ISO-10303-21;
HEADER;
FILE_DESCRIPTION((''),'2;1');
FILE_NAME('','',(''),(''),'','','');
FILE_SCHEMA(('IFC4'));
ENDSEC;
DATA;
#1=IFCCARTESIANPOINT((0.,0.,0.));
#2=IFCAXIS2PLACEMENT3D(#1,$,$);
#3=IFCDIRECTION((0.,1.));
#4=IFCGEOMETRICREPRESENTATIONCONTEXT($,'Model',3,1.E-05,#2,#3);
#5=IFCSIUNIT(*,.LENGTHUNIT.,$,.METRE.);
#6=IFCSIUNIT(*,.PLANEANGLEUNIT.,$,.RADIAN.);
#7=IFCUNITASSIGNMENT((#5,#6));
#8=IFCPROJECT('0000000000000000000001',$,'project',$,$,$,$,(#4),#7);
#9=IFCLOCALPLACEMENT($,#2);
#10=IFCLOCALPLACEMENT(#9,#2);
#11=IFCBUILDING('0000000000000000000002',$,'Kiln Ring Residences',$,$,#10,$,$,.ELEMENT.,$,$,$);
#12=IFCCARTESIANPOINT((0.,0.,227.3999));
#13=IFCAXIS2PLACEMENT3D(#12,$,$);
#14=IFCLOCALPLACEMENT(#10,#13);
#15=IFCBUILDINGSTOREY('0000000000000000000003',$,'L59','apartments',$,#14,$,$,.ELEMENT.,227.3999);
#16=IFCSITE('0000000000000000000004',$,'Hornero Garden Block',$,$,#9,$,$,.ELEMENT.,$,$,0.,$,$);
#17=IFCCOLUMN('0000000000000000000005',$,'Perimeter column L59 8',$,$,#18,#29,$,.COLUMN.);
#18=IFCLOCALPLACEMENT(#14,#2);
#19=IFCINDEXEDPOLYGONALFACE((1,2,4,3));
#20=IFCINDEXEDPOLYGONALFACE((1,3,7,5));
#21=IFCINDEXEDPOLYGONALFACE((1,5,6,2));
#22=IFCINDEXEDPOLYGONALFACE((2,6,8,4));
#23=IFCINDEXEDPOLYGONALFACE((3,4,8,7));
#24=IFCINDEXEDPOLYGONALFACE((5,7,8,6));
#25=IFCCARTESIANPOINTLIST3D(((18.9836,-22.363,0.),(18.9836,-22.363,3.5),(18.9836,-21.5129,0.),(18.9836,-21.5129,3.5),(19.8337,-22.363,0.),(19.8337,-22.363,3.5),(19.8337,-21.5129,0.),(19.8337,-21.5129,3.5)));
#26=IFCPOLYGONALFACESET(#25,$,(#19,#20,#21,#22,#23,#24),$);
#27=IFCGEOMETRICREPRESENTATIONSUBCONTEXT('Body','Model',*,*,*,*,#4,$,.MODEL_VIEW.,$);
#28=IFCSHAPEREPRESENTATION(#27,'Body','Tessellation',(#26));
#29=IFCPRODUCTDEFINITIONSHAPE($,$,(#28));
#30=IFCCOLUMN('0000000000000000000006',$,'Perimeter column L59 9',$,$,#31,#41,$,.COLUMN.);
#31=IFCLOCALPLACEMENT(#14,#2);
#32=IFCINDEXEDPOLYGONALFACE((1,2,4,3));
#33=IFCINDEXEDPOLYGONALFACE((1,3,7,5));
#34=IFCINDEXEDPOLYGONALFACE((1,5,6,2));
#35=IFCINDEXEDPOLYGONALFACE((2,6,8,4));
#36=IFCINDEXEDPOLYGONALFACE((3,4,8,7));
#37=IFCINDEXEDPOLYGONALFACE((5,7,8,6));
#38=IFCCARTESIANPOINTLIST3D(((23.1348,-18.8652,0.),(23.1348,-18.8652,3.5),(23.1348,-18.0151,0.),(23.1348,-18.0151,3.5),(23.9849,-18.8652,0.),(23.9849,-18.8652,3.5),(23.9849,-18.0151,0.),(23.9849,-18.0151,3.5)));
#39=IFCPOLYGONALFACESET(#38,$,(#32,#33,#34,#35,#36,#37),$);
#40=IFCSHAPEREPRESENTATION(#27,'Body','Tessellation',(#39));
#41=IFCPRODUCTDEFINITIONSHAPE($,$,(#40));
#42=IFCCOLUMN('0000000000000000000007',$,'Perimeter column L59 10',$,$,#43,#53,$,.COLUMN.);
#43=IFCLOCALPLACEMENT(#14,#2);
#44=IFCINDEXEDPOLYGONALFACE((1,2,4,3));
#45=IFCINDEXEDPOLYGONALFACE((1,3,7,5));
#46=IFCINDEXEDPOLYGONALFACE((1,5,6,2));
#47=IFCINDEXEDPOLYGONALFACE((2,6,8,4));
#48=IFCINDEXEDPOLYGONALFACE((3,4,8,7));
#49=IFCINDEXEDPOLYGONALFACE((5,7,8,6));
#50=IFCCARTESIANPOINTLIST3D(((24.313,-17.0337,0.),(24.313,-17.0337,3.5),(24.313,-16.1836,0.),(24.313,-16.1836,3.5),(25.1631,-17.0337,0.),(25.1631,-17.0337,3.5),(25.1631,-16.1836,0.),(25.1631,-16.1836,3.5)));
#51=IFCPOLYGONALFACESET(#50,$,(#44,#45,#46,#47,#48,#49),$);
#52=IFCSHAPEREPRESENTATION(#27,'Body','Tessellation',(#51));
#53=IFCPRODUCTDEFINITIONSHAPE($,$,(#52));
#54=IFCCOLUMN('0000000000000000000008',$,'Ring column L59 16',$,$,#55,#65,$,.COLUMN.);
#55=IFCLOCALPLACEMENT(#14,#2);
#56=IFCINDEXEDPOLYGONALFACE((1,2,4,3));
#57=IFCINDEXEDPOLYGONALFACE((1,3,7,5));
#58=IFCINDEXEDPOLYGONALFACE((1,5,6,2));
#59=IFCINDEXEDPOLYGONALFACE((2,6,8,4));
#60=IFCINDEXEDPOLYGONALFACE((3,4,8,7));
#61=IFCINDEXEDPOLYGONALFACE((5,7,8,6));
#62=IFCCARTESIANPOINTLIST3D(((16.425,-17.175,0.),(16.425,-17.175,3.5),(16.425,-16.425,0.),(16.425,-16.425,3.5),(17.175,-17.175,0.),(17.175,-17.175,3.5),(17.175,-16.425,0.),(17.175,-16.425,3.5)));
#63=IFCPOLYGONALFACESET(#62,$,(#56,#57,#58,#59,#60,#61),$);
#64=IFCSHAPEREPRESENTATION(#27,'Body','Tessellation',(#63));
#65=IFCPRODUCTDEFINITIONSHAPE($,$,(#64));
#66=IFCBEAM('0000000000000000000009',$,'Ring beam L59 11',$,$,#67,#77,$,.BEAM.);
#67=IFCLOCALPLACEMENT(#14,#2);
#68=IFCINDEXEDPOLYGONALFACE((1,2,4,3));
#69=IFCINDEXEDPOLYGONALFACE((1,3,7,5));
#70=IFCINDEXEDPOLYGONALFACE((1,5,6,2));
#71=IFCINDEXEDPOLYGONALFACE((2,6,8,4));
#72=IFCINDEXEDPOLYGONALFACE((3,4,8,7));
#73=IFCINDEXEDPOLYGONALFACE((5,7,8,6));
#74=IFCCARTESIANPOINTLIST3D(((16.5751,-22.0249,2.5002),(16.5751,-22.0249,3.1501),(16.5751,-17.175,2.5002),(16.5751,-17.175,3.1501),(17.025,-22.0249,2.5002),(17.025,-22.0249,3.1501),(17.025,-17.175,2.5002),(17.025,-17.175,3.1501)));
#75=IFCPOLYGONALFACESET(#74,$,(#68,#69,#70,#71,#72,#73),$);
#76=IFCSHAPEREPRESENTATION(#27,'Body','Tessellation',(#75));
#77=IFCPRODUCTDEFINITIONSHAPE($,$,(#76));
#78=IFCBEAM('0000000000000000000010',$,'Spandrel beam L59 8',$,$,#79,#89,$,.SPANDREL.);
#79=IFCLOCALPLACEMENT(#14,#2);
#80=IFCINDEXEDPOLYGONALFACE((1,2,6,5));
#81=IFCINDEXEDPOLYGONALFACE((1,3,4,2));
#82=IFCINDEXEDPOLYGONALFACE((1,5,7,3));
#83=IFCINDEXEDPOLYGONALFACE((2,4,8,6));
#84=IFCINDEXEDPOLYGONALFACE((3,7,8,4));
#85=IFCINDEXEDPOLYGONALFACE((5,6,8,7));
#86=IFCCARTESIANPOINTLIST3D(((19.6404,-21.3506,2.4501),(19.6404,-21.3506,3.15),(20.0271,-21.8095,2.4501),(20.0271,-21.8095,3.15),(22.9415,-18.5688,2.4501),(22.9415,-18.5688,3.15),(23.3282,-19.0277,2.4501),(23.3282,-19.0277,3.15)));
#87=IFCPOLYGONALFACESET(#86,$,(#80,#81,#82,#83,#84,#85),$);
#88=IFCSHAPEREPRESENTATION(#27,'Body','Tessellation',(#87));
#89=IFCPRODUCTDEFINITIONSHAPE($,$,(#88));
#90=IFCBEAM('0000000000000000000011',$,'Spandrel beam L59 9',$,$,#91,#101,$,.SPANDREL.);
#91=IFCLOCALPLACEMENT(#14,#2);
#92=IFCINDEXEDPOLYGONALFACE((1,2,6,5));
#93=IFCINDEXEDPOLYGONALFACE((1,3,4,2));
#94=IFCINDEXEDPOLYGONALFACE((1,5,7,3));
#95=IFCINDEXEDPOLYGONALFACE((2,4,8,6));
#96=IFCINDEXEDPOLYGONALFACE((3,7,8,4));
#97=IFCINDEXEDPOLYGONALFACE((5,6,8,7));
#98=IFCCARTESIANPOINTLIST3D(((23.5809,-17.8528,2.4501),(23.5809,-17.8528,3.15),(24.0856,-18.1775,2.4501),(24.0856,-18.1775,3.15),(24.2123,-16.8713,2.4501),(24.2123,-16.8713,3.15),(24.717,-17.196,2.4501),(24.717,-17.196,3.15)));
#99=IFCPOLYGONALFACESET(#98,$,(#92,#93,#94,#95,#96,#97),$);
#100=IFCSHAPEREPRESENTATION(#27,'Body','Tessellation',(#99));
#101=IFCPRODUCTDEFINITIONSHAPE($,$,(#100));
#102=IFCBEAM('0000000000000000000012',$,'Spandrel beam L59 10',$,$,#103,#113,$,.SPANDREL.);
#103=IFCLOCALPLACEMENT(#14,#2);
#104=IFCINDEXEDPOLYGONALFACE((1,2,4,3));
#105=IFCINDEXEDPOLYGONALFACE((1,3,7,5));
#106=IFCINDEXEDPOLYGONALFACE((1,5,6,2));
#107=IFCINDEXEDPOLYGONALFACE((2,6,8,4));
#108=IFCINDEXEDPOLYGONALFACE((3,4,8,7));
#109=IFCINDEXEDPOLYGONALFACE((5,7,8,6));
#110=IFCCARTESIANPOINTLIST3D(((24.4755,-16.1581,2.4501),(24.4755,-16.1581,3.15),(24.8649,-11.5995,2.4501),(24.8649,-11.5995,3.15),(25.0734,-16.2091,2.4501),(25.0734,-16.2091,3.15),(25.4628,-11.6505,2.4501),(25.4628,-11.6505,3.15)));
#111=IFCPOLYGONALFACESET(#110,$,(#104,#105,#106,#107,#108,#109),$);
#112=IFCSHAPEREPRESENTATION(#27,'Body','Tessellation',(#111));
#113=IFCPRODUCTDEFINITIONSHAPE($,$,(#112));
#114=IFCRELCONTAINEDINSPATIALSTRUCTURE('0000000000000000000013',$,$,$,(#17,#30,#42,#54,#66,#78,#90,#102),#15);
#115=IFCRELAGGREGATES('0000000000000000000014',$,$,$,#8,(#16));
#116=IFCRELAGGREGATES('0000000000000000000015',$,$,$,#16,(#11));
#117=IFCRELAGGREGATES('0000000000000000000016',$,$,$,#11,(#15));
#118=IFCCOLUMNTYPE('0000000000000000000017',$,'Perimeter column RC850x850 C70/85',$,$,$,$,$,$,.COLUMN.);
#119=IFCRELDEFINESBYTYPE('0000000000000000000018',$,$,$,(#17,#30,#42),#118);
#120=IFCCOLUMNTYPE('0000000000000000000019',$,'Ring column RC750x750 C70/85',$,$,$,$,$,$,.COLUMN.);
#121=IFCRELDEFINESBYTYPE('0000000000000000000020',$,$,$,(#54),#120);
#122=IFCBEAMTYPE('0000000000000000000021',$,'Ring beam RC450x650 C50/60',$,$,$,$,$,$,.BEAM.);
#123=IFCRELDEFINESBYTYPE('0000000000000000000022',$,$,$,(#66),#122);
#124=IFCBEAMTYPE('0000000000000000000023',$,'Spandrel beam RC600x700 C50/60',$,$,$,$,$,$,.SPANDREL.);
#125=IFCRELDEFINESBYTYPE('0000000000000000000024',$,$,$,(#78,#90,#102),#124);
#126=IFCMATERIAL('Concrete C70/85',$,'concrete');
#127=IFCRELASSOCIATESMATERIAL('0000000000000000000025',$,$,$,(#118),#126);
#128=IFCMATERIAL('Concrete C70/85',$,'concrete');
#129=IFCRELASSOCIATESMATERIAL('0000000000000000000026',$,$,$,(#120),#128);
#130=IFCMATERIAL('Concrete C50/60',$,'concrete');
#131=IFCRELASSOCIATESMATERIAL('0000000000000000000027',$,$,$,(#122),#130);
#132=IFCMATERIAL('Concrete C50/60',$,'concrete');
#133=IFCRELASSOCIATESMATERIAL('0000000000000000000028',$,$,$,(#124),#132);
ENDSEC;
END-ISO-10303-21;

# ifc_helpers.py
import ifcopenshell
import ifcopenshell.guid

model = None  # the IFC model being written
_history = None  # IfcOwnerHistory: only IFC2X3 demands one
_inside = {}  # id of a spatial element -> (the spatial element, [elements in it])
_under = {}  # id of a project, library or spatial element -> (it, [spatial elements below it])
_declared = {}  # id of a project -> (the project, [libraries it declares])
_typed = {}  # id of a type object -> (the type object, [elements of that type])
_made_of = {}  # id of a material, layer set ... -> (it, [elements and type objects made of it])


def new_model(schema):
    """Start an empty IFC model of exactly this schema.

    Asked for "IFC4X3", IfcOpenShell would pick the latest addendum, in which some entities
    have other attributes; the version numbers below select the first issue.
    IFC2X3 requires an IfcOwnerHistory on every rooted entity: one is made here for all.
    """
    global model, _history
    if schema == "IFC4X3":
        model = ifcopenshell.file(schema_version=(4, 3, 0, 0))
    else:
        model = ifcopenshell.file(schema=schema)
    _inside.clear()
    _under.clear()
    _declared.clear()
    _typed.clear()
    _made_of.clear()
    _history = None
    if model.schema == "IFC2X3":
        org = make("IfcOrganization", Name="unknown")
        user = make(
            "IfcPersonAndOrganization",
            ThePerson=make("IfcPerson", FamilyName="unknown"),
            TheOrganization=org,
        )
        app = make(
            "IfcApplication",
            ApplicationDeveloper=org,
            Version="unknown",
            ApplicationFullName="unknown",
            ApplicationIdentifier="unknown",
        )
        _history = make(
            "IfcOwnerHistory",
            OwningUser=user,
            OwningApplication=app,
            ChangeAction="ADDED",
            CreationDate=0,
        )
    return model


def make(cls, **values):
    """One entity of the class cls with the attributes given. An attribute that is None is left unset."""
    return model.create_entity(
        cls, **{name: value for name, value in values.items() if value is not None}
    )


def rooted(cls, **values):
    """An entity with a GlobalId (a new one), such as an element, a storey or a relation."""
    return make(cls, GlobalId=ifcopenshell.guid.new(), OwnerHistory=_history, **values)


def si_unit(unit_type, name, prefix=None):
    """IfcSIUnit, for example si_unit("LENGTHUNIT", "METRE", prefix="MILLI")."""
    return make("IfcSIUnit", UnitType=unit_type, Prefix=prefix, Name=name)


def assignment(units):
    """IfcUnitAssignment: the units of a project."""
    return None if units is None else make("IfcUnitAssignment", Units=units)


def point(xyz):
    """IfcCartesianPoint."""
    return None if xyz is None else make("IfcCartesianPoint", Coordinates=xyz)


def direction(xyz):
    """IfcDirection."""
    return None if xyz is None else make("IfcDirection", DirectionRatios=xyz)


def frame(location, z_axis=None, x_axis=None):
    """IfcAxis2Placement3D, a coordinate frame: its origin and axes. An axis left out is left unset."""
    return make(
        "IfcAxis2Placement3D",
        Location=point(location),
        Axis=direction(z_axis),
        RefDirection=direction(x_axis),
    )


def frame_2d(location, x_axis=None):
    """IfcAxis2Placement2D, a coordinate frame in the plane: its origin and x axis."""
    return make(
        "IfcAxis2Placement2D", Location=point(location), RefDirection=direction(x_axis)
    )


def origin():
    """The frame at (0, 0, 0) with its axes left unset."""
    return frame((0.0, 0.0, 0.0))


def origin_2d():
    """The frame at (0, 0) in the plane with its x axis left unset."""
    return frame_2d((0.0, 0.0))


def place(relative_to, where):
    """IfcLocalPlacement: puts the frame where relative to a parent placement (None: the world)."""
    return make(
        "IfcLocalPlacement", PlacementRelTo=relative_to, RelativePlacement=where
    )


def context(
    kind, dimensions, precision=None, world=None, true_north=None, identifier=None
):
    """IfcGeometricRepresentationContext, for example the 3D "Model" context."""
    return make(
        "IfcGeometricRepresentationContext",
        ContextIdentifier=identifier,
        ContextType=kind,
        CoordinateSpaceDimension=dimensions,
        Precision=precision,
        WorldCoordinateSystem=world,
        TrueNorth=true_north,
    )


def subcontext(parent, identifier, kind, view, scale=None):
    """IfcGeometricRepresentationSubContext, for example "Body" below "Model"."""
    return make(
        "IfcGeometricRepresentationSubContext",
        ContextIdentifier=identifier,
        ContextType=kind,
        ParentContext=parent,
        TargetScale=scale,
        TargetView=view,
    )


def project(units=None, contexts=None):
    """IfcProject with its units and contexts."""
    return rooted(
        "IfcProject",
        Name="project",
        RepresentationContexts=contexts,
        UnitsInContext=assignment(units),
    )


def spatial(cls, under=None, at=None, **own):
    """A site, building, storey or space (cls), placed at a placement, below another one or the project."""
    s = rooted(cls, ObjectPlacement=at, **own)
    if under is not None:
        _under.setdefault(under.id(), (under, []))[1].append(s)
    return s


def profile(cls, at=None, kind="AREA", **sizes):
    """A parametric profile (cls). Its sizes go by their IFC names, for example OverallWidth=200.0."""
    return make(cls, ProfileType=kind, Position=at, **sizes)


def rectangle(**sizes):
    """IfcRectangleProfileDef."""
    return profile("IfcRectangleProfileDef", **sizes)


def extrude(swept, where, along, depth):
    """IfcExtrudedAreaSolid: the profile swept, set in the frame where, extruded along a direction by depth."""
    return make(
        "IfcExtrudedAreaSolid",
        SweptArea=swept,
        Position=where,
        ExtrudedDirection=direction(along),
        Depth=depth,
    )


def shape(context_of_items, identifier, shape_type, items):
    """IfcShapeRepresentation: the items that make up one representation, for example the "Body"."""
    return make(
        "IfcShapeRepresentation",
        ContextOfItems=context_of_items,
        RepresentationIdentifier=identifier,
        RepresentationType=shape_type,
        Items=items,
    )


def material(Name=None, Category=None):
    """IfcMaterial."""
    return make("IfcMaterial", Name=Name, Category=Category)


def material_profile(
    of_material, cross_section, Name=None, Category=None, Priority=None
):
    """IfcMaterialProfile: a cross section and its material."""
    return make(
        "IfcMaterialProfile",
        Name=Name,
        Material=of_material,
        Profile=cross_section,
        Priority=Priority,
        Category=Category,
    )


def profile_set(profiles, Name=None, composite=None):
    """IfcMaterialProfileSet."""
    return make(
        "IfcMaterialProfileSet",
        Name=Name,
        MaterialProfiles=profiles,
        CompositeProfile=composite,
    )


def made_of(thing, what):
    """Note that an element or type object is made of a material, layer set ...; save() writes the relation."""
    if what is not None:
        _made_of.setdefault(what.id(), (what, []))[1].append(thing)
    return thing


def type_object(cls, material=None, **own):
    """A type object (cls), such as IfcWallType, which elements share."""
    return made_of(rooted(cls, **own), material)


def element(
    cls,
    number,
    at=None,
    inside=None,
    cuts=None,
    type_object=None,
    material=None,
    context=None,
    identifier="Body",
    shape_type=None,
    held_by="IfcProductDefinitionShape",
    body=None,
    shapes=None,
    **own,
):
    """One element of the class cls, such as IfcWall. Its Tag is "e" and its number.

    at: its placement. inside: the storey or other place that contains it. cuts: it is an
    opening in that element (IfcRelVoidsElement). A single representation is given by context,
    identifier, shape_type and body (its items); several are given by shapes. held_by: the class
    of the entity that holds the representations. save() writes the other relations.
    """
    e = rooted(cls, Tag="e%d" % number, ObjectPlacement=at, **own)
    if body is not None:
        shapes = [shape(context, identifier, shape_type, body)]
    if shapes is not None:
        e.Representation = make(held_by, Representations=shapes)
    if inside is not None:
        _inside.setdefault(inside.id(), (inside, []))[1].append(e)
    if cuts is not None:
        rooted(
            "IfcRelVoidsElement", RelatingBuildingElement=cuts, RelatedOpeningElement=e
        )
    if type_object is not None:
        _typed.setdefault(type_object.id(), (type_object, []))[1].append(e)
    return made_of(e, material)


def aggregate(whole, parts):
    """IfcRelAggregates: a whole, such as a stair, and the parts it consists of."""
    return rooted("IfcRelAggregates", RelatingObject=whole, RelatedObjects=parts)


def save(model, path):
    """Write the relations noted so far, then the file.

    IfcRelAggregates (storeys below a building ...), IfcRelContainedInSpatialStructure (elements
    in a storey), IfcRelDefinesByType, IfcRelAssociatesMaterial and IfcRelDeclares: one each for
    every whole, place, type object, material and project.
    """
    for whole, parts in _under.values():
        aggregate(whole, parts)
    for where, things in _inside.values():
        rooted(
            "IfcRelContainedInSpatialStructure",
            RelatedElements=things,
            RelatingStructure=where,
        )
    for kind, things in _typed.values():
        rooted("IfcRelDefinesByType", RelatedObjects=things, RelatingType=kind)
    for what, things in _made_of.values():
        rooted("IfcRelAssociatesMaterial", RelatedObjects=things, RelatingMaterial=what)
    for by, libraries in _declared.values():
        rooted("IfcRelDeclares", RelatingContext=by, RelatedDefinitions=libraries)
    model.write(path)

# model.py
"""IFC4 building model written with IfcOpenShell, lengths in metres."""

from ifc_helpers import new_model, si_unit, direction, frame, origin, origin_2d, place, context, subcontext, project, spatial, rectangle, extrude, material, material_profile, profile_set, type_object, element, save


model = new_model("IFC4")

# Units and contexts
model_context = context("Model", 3, precision=1e-05, world=origin(), true_north=direction((0.0, 1.0)))
body_context = subcontext(model_context, "Body", "Model", "MODEL_VIEW")
ifc_project = project(units=[si_unit("LENGTHUNIT", "METRE"), si_unit("PLANEANGLEUNIT", "RADIAN")], contexts=[model_context])

# Site, building, storey
site_placement = place(None, origin())
site = spatial("IfcSite", under=ifc_project, at=site_placement, Name="Hornero Garden Block", CompositionType="ELEMENT", RefElevation=0.0)
building_placement = place(site_placement, origin())
building = spatial("IfcBuilding", under=site, at=building_placement, Name="Kiln Ring Residences", CompositionType="ELEMENT")
storey_placement = place(building_placement, frame((0.0, 0.0, 227.3999)))
storey = spatial("IfcBuildingStorey", under=building, at=storey_placement, Name="L59", Description="apartments", CompositionType="ELEMENT", Elevation=227.3999)

# Columns
ifc_material_1 = material(Name="Concrete C70/85", Category="concrete")
ifc_material_profile_1 = material_profile(ifc_material_1, rectangle(XDim=0.8501, YDim=0.8501, at=origin_2d()), Name="RC850x850")
ifc_profile_set_1 = profile_set([ifc_material_profile_1], Name="Concrete C70/85")
column_type_1 = type_object("IfcColumnType", Name="Perimeter column RC850x850 C70/85", PredefinedType="COLUMN", material=ifc_profile_set_1)
for number, where, z_axis, x_axis, name in (
    (1, (19.4087, -21.938, 0.0), (0.0, 0.0, 1.0), (1.0, 0.0, 0.0), "Perimeter column L59 8"),
    (2, (23.5598, -18.4402, 0.0), (0.0, 0.0, 1.0), (1.0, 0.0, 0.0), "Perimeter column L59 9"),
    (3, (24.738, -16.6086, 0.0), (0.0, 0.0, 1.0), (1.0, 0.0, 0.0), "Perimeter column L59 10"),
):
    element("IfcColumn", number, at=place(storey_placement, frame(where, z_axis=z_axis, x_axis=x_axis)), inside=storey, type_object=column_type_1, Name=name, PredefinedType="COLUMN", context=body_context, shape_type="SweptSolid", body=[
        extrude(rectangle(XDim=0.8501, YDim=0.8501, at=origin_2d()), origin(), (0.0, 0.0, 1.0), 3.5),
    ])
ifc_material_2 = material(Name="Concrete C70/85", Category="concrete")
ifc_material_profile_2 = material_profile(ifc_material_2, rectangle(XDim=0.75, YDim=0.75, at=origin_2d()), Name="RC750x750")
ifc_profile_set_2 = profile_set([ifc_material_profile_2], Name="Concrete C70/85")
column_type_2 = type_object("IfcColumnType", Name="Ring column RC750x750 C70/85", PredefinedType="COLUMN", material=ifc_profile_set_2)
column_placement = place(storey_placement, frame((16.8, -16.8, 0.0), z_axis=(0.0, 0.0, 1.0), x_axis=(1.0, 0.0, 0.0)))
element("IfcColumn", 4, at=column_placement, inside=storey, type_object=column_type_2, Name="Ring column L59 16", PredefinedType="COLUMN", context=body_context, shape_type="SweptSolid", body=[
    extrude(rectangle(XDim=0.75, YDim=0.75, at=origin_2d()), origin(), (0.0, 0.0, 1.0), 3.5),
])

# Beams
ifc_material_3 = material(Name="Concrete C50/60", Category="concrete")
ifc_material_profile_3 = material_profile(ifc_material_3, rectangle(XDim=0.45, YDim=0.6499, at=origin_2d()), Name="RC450x650")
ifc_profile_set_3 = profile_set([ifc_material_profile_3], Name="Concrete C50/60")
beam_type_1 = type_object("IfcBeamType", Name="Ring beam RC450x650 C50/60", PredefinedType="BEAM", material=ifc_profile_set_3)
beam_1_placement = place(storey_placement, frame((16.8, -17.175, 2.8252), z_axis=(0.0, -1.0, 0.0), x_axis=(1.0, 0.0, 0.0)))
element("IfcBeam", 5, at=beam_1_placement, inside=storey, type_object=beam_type_1, Name="Ring beam L59 11", PredefinedType="BEAM", context=body_context, shape_type="SweptSolid", body=[
    extrude(rectangle(XDim=0.45, YDim=0.6499, at=origin_2d()), origin(), (0.0, 0.0, 1.0), 4.8499),
])
ifc_material_4 = material(Name="Concrete C50/60", Category="concrete")
ifc_material_profile_4 = material_profile(ifc_material_4, rectangle(XDim=0.6001, YDim=0.7, at=origin_2d()), Name="RC600x700")
ifc_profile_set_4 = profile_set([ifc_material_profile_4], Name="Concrete C50/60")
beam_type_2 = type_object("IfcBeamType", Name="Spandrel beam RC600x700 C50/60", PredefinedType="SPANDREL", material=ifc_profile_set_4)
beam_2_placement = place(storey_placement, frame((19.8337, -21.5801, 2.8), z_axis=(0.764691, 0.644397, 0.0), x_axis=(-0.644397, 0.764691, 0.0)))
element("IfcBeam", 6, at=beam_2_placement, inside=storey, type_object=beam_type_2, Name="Spandrel beam L59 8", PredefinedType="SPANDREL", context=body_context, shape_type="SweptSolid", body=[
    extrude(rectangle(XDim=0.6001, YDim=0.7, at=origin_2d()), origin(), (0.0, 0.0, 1.0), 4.3169),
])
beam_3_placement = place(storey_placement, frame((23.8333, -18.0151, 2.8), z_axis=(0.541011, 0.841015, 0.0), x_axis=(-0.841015, 0.541011, 0.0)))
element("IfcBeam", 7, at=beam_3_placement, inside=storey, type_object=beam_type_2, Name="Spandrel beam L59 9", PredefinedType="SPANDREL", context=body_context, shape_type="SweptSolid", body=[
    extrude(rectangle(XDim=0.6001, YDim=0.7, at=origin_2d()), origin(), (0.0, 0.0, 1.0), 1.167),
])
beam_4_placement = place(storey_placement, frame((24.7744, -16.1836, 2.8), z_axis=(0.085112, 0.996371, 0.0), x_axis=(-0.996371, 0.085112, 0.0)))
element("IfcBeam", 8, at=beam_4_placement, inside=storey, type_object=beam_type_2, Name="Spandrel beam L59 10", PredefinedType="SPANDREL", context=body_context, shape_type="SweptSolid", body=[
    extrude(rectangle(XDim=0.6001, YDim=0.7, at=origin_2d()), origin(), (0.0, 0.0, 1.0), 4.5752),
])

save(model, "model.ifc")
